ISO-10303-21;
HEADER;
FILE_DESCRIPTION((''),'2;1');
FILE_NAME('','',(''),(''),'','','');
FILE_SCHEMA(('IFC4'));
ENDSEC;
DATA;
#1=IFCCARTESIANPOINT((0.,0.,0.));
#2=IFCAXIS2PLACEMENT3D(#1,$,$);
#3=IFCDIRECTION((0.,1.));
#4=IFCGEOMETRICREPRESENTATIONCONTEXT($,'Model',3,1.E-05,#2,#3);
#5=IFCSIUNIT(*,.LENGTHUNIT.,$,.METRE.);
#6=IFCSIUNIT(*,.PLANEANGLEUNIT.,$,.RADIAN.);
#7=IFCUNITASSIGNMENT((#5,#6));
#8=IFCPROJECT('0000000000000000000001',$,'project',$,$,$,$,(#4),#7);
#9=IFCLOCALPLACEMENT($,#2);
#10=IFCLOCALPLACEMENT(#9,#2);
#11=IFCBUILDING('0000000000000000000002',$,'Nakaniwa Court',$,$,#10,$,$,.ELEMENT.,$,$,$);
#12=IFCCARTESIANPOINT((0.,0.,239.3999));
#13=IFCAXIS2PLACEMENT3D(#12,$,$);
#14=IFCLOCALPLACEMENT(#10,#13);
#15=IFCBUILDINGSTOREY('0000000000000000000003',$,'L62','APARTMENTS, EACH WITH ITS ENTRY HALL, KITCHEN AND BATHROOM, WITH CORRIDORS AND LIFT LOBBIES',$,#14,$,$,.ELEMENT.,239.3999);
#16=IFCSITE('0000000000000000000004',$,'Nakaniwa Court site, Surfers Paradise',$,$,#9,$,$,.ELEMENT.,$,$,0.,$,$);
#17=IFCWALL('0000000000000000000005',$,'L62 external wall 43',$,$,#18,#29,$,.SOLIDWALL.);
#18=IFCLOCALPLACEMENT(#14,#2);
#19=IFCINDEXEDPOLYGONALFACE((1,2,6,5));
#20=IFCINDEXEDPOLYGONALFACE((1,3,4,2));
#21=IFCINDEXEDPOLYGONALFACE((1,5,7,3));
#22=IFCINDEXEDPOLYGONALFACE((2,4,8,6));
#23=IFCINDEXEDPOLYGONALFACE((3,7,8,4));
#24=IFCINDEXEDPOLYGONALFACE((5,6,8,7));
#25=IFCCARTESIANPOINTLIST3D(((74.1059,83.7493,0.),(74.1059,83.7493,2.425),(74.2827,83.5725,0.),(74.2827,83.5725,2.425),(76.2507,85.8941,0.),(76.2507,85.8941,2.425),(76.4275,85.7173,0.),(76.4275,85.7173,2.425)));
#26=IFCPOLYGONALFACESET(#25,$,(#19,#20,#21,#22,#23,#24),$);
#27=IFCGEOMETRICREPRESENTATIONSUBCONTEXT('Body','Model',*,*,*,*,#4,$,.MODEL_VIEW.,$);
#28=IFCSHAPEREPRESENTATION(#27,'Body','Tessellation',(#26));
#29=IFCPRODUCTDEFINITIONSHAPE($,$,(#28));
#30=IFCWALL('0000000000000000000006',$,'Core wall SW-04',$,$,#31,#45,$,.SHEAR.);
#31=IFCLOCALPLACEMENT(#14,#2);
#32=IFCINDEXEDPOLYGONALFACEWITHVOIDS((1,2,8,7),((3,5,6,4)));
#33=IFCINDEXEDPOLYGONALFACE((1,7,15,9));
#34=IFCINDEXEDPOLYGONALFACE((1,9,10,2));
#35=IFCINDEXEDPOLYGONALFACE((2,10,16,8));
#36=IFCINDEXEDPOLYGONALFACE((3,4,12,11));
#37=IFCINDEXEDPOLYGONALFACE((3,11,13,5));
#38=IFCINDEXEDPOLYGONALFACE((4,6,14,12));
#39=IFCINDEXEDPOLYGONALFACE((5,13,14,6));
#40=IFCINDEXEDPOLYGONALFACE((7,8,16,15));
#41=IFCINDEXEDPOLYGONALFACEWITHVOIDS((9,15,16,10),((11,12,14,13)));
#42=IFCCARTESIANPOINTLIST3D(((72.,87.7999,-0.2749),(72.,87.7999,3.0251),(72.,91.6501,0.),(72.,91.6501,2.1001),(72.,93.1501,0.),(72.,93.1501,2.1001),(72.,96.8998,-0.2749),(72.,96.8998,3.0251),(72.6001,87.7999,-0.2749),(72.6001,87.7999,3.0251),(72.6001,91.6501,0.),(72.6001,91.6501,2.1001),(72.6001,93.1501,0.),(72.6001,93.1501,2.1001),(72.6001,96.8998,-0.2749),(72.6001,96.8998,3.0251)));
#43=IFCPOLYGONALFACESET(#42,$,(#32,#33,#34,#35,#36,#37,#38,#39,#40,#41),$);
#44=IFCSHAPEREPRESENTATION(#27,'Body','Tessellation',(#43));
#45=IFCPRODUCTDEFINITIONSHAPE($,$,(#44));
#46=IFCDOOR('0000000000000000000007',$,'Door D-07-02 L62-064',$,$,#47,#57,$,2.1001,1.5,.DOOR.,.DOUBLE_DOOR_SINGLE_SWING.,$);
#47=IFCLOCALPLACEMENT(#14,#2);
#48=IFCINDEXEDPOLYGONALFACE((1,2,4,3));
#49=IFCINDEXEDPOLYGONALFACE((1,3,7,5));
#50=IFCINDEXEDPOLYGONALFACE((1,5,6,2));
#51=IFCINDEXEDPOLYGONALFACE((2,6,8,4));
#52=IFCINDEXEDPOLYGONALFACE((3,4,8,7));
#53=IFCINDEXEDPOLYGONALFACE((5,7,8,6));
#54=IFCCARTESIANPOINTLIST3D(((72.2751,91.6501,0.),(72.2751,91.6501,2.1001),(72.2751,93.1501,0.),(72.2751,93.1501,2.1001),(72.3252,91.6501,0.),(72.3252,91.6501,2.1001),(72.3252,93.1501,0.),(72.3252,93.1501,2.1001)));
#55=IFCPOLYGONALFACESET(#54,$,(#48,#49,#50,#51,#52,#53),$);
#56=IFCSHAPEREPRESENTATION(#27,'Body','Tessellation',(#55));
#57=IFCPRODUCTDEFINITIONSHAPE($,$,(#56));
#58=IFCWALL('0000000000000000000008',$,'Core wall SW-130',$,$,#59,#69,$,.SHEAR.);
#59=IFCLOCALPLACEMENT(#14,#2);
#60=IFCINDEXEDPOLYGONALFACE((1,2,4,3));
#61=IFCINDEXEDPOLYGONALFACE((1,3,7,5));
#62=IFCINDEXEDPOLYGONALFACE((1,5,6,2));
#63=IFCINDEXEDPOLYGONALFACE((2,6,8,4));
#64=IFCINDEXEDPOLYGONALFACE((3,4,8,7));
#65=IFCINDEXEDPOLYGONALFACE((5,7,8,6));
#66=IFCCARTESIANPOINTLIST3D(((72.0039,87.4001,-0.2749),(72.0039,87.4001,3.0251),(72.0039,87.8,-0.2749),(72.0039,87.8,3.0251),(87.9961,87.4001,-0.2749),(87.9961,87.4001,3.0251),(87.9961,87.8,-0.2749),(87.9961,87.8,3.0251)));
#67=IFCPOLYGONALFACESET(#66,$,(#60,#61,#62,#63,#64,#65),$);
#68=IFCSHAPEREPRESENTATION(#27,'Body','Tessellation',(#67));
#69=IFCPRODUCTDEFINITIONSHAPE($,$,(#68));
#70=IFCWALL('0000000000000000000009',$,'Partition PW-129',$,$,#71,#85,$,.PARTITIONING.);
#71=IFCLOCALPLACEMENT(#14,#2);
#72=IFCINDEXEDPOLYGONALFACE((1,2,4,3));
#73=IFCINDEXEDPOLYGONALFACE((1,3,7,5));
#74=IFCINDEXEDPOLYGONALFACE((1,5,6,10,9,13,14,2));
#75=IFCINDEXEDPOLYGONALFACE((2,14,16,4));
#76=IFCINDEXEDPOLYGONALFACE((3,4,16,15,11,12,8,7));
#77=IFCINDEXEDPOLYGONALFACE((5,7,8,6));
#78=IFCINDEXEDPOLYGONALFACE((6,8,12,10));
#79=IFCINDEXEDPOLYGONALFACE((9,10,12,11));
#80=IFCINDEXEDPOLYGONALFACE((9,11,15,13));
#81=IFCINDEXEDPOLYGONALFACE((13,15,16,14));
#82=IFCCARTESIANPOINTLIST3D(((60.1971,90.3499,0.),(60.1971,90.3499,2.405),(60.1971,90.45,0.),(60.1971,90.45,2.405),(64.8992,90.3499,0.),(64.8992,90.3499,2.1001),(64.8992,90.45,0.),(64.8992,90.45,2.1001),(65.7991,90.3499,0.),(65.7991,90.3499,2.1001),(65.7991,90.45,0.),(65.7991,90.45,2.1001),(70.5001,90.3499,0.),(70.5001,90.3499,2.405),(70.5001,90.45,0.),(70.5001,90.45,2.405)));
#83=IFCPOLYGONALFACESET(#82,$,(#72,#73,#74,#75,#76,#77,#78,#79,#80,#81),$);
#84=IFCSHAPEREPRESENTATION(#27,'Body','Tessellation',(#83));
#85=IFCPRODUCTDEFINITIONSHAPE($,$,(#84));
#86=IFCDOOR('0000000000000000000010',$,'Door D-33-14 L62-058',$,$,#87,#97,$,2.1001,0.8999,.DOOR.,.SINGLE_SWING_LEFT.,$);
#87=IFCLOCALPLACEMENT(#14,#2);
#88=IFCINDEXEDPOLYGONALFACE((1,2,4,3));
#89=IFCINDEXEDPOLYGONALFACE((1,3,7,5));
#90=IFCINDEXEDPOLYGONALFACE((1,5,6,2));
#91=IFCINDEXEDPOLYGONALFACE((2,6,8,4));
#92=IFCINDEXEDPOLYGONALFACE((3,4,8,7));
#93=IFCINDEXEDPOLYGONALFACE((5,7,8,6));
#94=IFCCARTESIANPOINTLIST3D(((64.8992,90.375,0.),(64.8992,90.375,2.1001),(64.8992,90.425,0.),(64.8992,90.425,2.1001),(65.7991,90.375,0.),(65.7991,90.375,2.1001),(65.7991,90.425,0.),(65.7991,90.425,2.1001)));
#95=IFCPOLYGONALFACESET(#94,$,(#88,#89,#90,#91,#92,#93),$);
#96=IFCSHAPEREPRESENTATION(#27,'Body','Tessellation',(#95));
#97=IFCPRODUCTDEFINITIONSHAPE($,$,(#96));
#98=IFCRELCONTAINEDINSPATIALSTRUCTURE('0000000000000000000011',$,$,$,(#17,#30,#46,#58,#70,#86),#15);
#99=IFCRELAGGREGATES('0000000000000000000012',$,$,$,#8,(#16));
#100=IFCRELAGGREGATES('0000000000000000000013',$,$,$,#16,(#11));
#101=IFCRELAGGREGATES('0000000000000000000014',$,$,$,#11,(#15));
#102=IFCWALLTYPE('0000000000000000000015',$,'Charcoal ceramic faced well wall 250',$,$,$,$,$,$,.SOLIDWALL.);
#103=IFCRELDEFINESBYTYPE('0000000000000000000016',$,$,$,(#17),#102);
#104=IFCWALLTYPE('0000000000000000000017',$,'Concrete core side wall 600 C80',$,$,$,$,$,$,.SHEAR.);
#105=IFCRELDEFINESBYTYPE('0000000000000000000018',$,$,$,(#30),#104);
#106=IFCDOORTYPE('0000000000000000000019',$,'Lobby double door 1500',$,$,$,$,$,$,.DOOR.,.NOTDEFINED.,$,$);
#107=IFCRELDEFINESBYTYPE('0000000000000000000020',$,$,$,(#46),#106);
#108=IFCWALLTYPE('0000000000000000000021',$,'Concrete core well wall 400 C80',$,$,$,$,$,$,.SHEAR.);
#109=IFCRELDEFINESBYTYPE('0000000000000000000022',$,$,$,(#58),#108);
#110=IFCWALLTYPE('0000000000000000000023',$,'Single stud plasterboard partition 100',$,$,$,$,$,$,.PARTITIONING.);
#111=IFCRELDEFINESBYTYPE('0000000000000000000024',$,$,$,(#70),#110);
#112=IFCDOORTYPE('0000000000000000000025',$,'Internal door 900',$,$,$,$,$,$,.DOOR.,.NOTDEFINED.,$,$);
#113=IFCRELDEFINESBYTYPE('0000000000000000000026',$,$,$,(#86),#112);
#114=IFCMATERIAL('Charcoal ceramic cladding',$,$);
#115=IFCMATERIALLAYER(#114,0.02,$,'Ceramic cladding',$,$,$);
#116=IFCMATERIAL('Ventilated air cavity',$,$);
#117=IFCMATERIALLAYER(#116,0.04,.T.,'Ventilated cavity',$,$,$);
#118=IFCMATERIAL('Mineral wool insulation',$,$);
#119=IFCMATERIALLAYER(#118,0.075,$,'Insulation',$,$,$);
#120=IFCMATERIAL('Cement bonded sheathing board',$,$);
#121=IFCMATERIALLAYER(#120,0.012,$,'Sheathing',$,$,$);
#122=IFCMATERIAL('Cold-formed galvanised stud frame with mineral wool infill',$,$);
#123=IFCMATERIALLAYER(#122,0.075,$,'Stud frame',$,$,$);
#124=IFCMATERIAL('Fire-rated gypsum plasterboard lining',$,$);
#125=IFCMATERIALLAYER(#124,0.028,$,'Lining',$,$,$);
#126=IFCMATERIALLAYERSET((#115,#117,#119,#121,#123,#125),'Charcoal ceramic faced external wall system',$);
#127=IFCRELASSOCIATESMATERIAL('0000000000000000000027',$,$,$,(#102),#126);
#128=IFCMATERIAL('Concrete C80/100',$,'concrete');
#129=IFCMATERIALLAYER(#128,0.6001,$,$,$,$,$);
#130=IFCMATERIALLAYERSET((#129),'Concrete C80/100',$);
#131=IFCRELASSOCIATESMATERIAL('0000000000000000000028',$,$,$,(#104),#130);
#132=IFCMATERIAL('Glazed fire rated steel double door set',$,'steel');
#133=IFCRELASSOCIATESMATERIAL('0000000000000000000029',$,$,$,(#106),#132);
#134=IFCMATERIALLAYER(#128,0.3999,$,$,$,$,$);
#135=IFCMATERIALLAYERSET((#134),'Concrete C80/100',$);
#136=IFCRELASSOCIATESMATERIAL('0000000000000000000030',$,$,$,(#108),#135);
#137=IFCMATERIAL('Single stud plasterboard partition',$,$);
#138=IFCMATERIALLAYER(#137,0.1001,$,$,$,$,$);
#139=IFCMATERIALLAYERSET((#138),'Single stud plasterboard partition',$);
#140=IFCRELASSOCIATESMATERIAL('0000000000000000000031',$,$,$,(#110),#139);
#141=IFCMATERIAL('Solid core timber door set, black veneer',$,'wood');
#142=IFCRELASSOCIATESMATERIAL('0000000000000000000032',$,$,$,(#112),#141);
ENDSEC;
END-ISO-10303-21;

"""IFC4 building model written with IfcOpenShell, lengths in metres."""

from ifc_helpers import new_model, si_unit, direction, frame, frame_2d, origin, place, context, subcontext, project, spatial, rectangle, extrude, material, layer, layer_set, type_object, element, fill, save


model = new_model("IFC4")

# Units and contexts
model_context = context("Model", 3, precision=1e-05, world=origin(), true_north=direction((0.0, 1.0)))
body_context = subcontext(model_context, "Body", "Model", "MODEL_VIEW")
ifc_project = project(units=[si_unit("LENGTHUNIT", "METRE"), si_unit("PLANEANGLEUNIT", "RADIAN")], contexts=[model_context])

# Site, building, storey
site_placement = place(None, origin())
site = spatial("IfcSite", under=ifc_project, at=site_placement, Name="Nakaniwa Court site, Surfers Paradise", CompositionType="ELEMENT", RefElevation=0.0)
building_placement = place(site_placement, origin())
building = spatial("IfcBuilding", under=site, at=building_placement, Name="Nakaniwa Court", CompositionType="ELEMENT")
storey_placement = place(building_placement, frame((0.0, 0.0, 239.3999)))
storey = spatial("IfcBuildingStorey", under=building, at=storey_placement, Name="L62", Description="APARTMENTS, EACH WITH ITS ENTRY HALL, KITCHEN AND BATHROOM, WITH CORRIDORS AND LIFT LOBBIES", CompositionType="ELEMENT", Elevation=239.3999)

# Shared definitions
ifc_material_1 = material(Name="Concrete C80/100", Category="concrete")

# Shared definitions
ifc_material_2 = material(Name="Solid core timber door set, black veneer", Category="wood")

# Wall
ifc_material_3 = material(Name="Charcoal ceramic cladding")
ifc_layer_1 = layer(ifc_material_3, 0.02, Name="Ceramic cladding")
ifc_material_4 = material(Name="Ventilated air cavity")
ifc_layer_2 = layer(ifc_material_4, 0.04, ventilated=True, Name="Ventilated cavity")
ifc_material_5 = material(Name="Mineral wool insulation")
ifc_layer_3 = layer(ifc_material_5, 0.075, Name="Insulation")
ifc_material_6 = material(Name="Cement bonded sheathing board")
ifc_layer_4 = layer(ifc_material_6, 0.012, Name="Sheathing")
ifc_material_7 = material(Name="Cold-formed galvanised stud frame with mineral wool infill")
ifc_layer_5 = layer(ifc_material_7, 0.075, Name="Stud frame")
ifc_material_8 = material(Name="Fire-rated gypsum plasterboard lining")
ifc_layer_6 = layer(ifc_material_8, 0.028, Name="Lining")
ifc_layer_set_1 = layer_set([ifc_layer_1, ifc_layer_2, ifc_layer_3, ifc_layer_4, ifc_layer_5, ifc_layer_6], Name="Charcoal ceramic faced external wall system")
wall_type_1 = type_object("IfcWallType", Name="Charcoal ceramic faced well wall 250", PredefinedType="SOLIDWALL", material=ifc_layer_set_1)
wall_1_placement = place(storey_placement, frame((74.1943, 83.6609, 0.0), z_axis=(0.0, 0.0, 1.0), x_axis=(0.707107, 0.707107, 0.0)))
element("IfcWall", 1, at=wall_1_placement, inside=storey, type_object=wall_type_1, Name="L62 external wall 43", PredefinedType="SOLIDWALL", context=body_context, shape_type="SweptSolid", body=[
    extrude(rectangle(XDim=3.0332, YDim=0.25, at=frame_2d((1.5166, 0.0))), origin(), (0.0, 0.0, 1.0), 2.425),
])

# Wall, opening, door
ifc_layer_7 = layer(ifc_material_1, 0.6001)
ifc_layer_set_2 = layer_set([ifc_layer_7], Name="Concrete C80/100")
wall_type_2 = type_object("IfcWallType", Name="Concrete core side wall 600 C80", PredefinedType="SHEAR", material=ifc_layer_set_2)
wall_2_placement = place(storey_placement, frame((72.3, 87.8, -0.2749), z_axis=(0.0, 0.0, 1.0), x_axis=(0.0, 1.0, 0.0)))
wall_2 = element("IfcWall", 2, at=wall_2_placement, inside=storey, type_object=wall_type_2, Name="Core wall SW-04", PredefinedType="SHEAR", context=body_context, shape_type="SweptSolid", body=[
    extrude(rectangle(XDim=9.0999, YDim=0.6001, at=frame_2d((4.5498, 0.0))), origin(), (0.0, 0.0, 1.0), 3.3),
])
opening_1_placement = place(wall_2_placement, frame((3.8501, 0.0, 0.2749)))
opening_1 = element("IfcOpeningElement", 3, at=opening_1_placement, cuts=wall_2, PredefinedType="OPENING", context=body_context, shape_type="SweptSolid", body=[
    extrude(rectangle(XDim=1.5, YDim=2.1001, at=frame_2d((0.75, 1.05))), frame((0.0, 0.3101, 0.0), z_axis=(0.0, -1.0, 0.0), x_axis=(1.0, 0.0, 0.0)), (0.0, 0.0, 1.0), 0.6201),
])
ifc_material_9 = material(Name="Glazed fire rated steel double door set", Category="steel")
door_type_1 = type_object("IfcDoorType", Name="Lobby double door 1500", OperationType="NOTDEFINED", PredefinedType="DOOR", material=ifc_material_9)
door_1_placement = place(opening_1_placement, origin())
door_1 = element("IfcDoor", 4, at=door_1_placement, inside=storey, type_object=door_type_1, Name="Door D-07-02 L62-064", OperationType="DOUBLE_DOOR_SINGLE_SWING", OverallHeight=2.1001, OverallWidth=1.5, PredefinedType="DOOR", context=body_context, shape_type="SweptSolid", body=[
    extrude(rectangle(XDim=1.5, YDim=2.1001, at=frame_2d((0.75, 1.05))), frame((0.0, 0.0249, 0.0), z_axis=(0.0, -1.0, 0.0), x_axis=(1.0, 0.0, 0.0)), (0.0, 0.0, 1.0), 0.05),
])
fill(opening_1, door_1)

# Wall
ifc_layer_8 = layer(ifc_material_1, 0.3999)
ifc_layer_set_3 = layer_set([ifc_layer_8], Name="Concrete C80/100")
wall_type_3 = type_object("IfcWallType", Name="Concrete core well wall 400 C80", PredefinedType="SHEAR", material=ifc_layer_set_3)
wall_3_placement = place(storey_placement, frame((72.0039, 87.6001, -0.2749), z_axis=(0.0, 0.0, 1.0), x_axis=(1.0, 0.0, 0.0)))
element("IfcWall", 5, at=wall_3_placement, inside=storey, type_object=wall_type_3, Name="Core wall SW-130", PredefinedType="SHEAR", context=body_context, shape_type="SweptSolid", body=[
    extrude(rectangle(XDim=15.9922, YDim=0.3999, at=frame_2d((7.9961, 0.0))), origin(), (0.0, 0.0, 1.0), 3.3),
])

# Wall, opening, door
ifc_material_10 = material(Name="Single stud plasterboard partition")
ifc_layer_9 = layer(ifc_material_10, 0.1001)
ifc_layer_set_4 = layer_set([ifc_layer_9], Name="Single stud plasterboard partition")
wall_type_4 = type_object("IfcWallType", Name="Single stud plasterboard partition 100", PredefinedType="PARTITIONING", material=ifc_layer_set_4)
wall_4_placement = place(storey_placement, frame((70.5, 90.3999, 0.0), z_axis=(0.0, 0.0, 1.0), x_axis=(-1.0, 0.0, 0.0)))
wall_4 = element("IfcWall", 6, at=wall_4_placement, inside=storey, type_object=wall_type_4, Name="Partition PW-129", PredefinedType="PARTITIONING", context=body_context, shape_type="SweptSolid", body=[
    extrude(rectangle(XDim=10.303, YDim=0.1001, at=frame_2d((5.1514, 0.0))), origin(), (0.0, 0.0, 1.0), 2.405),
])
opening_2_placement = place(wall_4_placement, frame((4.7009, 0.0, 0.0)))
opening_2 = element("IfcOpeningElement", 7, at=opening_2_placement, cuts=wall_4, PredefinedType="OPENING", context=body_context, shape_type="SweptSolid", body=[
    extrude(rectangle(XDim=0.8999, YDim=2.1001, at=frame_2d((0.45, 1.05))), frame((0.0, 0.0601, 0.0), z_axis=(0.0, -1.0, 0.0), x_axis=(1.0, 0.0, 0.0)), (0.0, 0.0, 1.0), 0.1201),
])
door_type_2 = type_object("IfcDoorType", Name="Internal door 900", OperationType="NOTDEFINED", PredefinedType="DOOR", material=ifc_material_2)
door_2_placement = place(opening_2_placement, origin())
door_2 = element("IfcDoor", 8, at=door_2_placement, inside=storey, type_object=door_type_2, Name="Door D-33-14 L62-058", OperationType="SINGLE_SWING_LEFT", OverallHeight=2.1001, OverallWidth=0.8999, PredefinedType="DOOR", context=body_context, shape_type="SweptSolid", body=[
    extrude(rectangle(XDim=0.8999, YDim=2.1001, at=frame_2d((0.45, 1.05))), frame((0.0, 0.0249, 0.0), z_axis=(0.0, -1.0, 0.0), x_axis=(1.0, 0.0, 0.0)), (0.0, 0.0, 1.0), 0.05),
])
fill(opening_2, door_2)

save(model, "model.ifc")
